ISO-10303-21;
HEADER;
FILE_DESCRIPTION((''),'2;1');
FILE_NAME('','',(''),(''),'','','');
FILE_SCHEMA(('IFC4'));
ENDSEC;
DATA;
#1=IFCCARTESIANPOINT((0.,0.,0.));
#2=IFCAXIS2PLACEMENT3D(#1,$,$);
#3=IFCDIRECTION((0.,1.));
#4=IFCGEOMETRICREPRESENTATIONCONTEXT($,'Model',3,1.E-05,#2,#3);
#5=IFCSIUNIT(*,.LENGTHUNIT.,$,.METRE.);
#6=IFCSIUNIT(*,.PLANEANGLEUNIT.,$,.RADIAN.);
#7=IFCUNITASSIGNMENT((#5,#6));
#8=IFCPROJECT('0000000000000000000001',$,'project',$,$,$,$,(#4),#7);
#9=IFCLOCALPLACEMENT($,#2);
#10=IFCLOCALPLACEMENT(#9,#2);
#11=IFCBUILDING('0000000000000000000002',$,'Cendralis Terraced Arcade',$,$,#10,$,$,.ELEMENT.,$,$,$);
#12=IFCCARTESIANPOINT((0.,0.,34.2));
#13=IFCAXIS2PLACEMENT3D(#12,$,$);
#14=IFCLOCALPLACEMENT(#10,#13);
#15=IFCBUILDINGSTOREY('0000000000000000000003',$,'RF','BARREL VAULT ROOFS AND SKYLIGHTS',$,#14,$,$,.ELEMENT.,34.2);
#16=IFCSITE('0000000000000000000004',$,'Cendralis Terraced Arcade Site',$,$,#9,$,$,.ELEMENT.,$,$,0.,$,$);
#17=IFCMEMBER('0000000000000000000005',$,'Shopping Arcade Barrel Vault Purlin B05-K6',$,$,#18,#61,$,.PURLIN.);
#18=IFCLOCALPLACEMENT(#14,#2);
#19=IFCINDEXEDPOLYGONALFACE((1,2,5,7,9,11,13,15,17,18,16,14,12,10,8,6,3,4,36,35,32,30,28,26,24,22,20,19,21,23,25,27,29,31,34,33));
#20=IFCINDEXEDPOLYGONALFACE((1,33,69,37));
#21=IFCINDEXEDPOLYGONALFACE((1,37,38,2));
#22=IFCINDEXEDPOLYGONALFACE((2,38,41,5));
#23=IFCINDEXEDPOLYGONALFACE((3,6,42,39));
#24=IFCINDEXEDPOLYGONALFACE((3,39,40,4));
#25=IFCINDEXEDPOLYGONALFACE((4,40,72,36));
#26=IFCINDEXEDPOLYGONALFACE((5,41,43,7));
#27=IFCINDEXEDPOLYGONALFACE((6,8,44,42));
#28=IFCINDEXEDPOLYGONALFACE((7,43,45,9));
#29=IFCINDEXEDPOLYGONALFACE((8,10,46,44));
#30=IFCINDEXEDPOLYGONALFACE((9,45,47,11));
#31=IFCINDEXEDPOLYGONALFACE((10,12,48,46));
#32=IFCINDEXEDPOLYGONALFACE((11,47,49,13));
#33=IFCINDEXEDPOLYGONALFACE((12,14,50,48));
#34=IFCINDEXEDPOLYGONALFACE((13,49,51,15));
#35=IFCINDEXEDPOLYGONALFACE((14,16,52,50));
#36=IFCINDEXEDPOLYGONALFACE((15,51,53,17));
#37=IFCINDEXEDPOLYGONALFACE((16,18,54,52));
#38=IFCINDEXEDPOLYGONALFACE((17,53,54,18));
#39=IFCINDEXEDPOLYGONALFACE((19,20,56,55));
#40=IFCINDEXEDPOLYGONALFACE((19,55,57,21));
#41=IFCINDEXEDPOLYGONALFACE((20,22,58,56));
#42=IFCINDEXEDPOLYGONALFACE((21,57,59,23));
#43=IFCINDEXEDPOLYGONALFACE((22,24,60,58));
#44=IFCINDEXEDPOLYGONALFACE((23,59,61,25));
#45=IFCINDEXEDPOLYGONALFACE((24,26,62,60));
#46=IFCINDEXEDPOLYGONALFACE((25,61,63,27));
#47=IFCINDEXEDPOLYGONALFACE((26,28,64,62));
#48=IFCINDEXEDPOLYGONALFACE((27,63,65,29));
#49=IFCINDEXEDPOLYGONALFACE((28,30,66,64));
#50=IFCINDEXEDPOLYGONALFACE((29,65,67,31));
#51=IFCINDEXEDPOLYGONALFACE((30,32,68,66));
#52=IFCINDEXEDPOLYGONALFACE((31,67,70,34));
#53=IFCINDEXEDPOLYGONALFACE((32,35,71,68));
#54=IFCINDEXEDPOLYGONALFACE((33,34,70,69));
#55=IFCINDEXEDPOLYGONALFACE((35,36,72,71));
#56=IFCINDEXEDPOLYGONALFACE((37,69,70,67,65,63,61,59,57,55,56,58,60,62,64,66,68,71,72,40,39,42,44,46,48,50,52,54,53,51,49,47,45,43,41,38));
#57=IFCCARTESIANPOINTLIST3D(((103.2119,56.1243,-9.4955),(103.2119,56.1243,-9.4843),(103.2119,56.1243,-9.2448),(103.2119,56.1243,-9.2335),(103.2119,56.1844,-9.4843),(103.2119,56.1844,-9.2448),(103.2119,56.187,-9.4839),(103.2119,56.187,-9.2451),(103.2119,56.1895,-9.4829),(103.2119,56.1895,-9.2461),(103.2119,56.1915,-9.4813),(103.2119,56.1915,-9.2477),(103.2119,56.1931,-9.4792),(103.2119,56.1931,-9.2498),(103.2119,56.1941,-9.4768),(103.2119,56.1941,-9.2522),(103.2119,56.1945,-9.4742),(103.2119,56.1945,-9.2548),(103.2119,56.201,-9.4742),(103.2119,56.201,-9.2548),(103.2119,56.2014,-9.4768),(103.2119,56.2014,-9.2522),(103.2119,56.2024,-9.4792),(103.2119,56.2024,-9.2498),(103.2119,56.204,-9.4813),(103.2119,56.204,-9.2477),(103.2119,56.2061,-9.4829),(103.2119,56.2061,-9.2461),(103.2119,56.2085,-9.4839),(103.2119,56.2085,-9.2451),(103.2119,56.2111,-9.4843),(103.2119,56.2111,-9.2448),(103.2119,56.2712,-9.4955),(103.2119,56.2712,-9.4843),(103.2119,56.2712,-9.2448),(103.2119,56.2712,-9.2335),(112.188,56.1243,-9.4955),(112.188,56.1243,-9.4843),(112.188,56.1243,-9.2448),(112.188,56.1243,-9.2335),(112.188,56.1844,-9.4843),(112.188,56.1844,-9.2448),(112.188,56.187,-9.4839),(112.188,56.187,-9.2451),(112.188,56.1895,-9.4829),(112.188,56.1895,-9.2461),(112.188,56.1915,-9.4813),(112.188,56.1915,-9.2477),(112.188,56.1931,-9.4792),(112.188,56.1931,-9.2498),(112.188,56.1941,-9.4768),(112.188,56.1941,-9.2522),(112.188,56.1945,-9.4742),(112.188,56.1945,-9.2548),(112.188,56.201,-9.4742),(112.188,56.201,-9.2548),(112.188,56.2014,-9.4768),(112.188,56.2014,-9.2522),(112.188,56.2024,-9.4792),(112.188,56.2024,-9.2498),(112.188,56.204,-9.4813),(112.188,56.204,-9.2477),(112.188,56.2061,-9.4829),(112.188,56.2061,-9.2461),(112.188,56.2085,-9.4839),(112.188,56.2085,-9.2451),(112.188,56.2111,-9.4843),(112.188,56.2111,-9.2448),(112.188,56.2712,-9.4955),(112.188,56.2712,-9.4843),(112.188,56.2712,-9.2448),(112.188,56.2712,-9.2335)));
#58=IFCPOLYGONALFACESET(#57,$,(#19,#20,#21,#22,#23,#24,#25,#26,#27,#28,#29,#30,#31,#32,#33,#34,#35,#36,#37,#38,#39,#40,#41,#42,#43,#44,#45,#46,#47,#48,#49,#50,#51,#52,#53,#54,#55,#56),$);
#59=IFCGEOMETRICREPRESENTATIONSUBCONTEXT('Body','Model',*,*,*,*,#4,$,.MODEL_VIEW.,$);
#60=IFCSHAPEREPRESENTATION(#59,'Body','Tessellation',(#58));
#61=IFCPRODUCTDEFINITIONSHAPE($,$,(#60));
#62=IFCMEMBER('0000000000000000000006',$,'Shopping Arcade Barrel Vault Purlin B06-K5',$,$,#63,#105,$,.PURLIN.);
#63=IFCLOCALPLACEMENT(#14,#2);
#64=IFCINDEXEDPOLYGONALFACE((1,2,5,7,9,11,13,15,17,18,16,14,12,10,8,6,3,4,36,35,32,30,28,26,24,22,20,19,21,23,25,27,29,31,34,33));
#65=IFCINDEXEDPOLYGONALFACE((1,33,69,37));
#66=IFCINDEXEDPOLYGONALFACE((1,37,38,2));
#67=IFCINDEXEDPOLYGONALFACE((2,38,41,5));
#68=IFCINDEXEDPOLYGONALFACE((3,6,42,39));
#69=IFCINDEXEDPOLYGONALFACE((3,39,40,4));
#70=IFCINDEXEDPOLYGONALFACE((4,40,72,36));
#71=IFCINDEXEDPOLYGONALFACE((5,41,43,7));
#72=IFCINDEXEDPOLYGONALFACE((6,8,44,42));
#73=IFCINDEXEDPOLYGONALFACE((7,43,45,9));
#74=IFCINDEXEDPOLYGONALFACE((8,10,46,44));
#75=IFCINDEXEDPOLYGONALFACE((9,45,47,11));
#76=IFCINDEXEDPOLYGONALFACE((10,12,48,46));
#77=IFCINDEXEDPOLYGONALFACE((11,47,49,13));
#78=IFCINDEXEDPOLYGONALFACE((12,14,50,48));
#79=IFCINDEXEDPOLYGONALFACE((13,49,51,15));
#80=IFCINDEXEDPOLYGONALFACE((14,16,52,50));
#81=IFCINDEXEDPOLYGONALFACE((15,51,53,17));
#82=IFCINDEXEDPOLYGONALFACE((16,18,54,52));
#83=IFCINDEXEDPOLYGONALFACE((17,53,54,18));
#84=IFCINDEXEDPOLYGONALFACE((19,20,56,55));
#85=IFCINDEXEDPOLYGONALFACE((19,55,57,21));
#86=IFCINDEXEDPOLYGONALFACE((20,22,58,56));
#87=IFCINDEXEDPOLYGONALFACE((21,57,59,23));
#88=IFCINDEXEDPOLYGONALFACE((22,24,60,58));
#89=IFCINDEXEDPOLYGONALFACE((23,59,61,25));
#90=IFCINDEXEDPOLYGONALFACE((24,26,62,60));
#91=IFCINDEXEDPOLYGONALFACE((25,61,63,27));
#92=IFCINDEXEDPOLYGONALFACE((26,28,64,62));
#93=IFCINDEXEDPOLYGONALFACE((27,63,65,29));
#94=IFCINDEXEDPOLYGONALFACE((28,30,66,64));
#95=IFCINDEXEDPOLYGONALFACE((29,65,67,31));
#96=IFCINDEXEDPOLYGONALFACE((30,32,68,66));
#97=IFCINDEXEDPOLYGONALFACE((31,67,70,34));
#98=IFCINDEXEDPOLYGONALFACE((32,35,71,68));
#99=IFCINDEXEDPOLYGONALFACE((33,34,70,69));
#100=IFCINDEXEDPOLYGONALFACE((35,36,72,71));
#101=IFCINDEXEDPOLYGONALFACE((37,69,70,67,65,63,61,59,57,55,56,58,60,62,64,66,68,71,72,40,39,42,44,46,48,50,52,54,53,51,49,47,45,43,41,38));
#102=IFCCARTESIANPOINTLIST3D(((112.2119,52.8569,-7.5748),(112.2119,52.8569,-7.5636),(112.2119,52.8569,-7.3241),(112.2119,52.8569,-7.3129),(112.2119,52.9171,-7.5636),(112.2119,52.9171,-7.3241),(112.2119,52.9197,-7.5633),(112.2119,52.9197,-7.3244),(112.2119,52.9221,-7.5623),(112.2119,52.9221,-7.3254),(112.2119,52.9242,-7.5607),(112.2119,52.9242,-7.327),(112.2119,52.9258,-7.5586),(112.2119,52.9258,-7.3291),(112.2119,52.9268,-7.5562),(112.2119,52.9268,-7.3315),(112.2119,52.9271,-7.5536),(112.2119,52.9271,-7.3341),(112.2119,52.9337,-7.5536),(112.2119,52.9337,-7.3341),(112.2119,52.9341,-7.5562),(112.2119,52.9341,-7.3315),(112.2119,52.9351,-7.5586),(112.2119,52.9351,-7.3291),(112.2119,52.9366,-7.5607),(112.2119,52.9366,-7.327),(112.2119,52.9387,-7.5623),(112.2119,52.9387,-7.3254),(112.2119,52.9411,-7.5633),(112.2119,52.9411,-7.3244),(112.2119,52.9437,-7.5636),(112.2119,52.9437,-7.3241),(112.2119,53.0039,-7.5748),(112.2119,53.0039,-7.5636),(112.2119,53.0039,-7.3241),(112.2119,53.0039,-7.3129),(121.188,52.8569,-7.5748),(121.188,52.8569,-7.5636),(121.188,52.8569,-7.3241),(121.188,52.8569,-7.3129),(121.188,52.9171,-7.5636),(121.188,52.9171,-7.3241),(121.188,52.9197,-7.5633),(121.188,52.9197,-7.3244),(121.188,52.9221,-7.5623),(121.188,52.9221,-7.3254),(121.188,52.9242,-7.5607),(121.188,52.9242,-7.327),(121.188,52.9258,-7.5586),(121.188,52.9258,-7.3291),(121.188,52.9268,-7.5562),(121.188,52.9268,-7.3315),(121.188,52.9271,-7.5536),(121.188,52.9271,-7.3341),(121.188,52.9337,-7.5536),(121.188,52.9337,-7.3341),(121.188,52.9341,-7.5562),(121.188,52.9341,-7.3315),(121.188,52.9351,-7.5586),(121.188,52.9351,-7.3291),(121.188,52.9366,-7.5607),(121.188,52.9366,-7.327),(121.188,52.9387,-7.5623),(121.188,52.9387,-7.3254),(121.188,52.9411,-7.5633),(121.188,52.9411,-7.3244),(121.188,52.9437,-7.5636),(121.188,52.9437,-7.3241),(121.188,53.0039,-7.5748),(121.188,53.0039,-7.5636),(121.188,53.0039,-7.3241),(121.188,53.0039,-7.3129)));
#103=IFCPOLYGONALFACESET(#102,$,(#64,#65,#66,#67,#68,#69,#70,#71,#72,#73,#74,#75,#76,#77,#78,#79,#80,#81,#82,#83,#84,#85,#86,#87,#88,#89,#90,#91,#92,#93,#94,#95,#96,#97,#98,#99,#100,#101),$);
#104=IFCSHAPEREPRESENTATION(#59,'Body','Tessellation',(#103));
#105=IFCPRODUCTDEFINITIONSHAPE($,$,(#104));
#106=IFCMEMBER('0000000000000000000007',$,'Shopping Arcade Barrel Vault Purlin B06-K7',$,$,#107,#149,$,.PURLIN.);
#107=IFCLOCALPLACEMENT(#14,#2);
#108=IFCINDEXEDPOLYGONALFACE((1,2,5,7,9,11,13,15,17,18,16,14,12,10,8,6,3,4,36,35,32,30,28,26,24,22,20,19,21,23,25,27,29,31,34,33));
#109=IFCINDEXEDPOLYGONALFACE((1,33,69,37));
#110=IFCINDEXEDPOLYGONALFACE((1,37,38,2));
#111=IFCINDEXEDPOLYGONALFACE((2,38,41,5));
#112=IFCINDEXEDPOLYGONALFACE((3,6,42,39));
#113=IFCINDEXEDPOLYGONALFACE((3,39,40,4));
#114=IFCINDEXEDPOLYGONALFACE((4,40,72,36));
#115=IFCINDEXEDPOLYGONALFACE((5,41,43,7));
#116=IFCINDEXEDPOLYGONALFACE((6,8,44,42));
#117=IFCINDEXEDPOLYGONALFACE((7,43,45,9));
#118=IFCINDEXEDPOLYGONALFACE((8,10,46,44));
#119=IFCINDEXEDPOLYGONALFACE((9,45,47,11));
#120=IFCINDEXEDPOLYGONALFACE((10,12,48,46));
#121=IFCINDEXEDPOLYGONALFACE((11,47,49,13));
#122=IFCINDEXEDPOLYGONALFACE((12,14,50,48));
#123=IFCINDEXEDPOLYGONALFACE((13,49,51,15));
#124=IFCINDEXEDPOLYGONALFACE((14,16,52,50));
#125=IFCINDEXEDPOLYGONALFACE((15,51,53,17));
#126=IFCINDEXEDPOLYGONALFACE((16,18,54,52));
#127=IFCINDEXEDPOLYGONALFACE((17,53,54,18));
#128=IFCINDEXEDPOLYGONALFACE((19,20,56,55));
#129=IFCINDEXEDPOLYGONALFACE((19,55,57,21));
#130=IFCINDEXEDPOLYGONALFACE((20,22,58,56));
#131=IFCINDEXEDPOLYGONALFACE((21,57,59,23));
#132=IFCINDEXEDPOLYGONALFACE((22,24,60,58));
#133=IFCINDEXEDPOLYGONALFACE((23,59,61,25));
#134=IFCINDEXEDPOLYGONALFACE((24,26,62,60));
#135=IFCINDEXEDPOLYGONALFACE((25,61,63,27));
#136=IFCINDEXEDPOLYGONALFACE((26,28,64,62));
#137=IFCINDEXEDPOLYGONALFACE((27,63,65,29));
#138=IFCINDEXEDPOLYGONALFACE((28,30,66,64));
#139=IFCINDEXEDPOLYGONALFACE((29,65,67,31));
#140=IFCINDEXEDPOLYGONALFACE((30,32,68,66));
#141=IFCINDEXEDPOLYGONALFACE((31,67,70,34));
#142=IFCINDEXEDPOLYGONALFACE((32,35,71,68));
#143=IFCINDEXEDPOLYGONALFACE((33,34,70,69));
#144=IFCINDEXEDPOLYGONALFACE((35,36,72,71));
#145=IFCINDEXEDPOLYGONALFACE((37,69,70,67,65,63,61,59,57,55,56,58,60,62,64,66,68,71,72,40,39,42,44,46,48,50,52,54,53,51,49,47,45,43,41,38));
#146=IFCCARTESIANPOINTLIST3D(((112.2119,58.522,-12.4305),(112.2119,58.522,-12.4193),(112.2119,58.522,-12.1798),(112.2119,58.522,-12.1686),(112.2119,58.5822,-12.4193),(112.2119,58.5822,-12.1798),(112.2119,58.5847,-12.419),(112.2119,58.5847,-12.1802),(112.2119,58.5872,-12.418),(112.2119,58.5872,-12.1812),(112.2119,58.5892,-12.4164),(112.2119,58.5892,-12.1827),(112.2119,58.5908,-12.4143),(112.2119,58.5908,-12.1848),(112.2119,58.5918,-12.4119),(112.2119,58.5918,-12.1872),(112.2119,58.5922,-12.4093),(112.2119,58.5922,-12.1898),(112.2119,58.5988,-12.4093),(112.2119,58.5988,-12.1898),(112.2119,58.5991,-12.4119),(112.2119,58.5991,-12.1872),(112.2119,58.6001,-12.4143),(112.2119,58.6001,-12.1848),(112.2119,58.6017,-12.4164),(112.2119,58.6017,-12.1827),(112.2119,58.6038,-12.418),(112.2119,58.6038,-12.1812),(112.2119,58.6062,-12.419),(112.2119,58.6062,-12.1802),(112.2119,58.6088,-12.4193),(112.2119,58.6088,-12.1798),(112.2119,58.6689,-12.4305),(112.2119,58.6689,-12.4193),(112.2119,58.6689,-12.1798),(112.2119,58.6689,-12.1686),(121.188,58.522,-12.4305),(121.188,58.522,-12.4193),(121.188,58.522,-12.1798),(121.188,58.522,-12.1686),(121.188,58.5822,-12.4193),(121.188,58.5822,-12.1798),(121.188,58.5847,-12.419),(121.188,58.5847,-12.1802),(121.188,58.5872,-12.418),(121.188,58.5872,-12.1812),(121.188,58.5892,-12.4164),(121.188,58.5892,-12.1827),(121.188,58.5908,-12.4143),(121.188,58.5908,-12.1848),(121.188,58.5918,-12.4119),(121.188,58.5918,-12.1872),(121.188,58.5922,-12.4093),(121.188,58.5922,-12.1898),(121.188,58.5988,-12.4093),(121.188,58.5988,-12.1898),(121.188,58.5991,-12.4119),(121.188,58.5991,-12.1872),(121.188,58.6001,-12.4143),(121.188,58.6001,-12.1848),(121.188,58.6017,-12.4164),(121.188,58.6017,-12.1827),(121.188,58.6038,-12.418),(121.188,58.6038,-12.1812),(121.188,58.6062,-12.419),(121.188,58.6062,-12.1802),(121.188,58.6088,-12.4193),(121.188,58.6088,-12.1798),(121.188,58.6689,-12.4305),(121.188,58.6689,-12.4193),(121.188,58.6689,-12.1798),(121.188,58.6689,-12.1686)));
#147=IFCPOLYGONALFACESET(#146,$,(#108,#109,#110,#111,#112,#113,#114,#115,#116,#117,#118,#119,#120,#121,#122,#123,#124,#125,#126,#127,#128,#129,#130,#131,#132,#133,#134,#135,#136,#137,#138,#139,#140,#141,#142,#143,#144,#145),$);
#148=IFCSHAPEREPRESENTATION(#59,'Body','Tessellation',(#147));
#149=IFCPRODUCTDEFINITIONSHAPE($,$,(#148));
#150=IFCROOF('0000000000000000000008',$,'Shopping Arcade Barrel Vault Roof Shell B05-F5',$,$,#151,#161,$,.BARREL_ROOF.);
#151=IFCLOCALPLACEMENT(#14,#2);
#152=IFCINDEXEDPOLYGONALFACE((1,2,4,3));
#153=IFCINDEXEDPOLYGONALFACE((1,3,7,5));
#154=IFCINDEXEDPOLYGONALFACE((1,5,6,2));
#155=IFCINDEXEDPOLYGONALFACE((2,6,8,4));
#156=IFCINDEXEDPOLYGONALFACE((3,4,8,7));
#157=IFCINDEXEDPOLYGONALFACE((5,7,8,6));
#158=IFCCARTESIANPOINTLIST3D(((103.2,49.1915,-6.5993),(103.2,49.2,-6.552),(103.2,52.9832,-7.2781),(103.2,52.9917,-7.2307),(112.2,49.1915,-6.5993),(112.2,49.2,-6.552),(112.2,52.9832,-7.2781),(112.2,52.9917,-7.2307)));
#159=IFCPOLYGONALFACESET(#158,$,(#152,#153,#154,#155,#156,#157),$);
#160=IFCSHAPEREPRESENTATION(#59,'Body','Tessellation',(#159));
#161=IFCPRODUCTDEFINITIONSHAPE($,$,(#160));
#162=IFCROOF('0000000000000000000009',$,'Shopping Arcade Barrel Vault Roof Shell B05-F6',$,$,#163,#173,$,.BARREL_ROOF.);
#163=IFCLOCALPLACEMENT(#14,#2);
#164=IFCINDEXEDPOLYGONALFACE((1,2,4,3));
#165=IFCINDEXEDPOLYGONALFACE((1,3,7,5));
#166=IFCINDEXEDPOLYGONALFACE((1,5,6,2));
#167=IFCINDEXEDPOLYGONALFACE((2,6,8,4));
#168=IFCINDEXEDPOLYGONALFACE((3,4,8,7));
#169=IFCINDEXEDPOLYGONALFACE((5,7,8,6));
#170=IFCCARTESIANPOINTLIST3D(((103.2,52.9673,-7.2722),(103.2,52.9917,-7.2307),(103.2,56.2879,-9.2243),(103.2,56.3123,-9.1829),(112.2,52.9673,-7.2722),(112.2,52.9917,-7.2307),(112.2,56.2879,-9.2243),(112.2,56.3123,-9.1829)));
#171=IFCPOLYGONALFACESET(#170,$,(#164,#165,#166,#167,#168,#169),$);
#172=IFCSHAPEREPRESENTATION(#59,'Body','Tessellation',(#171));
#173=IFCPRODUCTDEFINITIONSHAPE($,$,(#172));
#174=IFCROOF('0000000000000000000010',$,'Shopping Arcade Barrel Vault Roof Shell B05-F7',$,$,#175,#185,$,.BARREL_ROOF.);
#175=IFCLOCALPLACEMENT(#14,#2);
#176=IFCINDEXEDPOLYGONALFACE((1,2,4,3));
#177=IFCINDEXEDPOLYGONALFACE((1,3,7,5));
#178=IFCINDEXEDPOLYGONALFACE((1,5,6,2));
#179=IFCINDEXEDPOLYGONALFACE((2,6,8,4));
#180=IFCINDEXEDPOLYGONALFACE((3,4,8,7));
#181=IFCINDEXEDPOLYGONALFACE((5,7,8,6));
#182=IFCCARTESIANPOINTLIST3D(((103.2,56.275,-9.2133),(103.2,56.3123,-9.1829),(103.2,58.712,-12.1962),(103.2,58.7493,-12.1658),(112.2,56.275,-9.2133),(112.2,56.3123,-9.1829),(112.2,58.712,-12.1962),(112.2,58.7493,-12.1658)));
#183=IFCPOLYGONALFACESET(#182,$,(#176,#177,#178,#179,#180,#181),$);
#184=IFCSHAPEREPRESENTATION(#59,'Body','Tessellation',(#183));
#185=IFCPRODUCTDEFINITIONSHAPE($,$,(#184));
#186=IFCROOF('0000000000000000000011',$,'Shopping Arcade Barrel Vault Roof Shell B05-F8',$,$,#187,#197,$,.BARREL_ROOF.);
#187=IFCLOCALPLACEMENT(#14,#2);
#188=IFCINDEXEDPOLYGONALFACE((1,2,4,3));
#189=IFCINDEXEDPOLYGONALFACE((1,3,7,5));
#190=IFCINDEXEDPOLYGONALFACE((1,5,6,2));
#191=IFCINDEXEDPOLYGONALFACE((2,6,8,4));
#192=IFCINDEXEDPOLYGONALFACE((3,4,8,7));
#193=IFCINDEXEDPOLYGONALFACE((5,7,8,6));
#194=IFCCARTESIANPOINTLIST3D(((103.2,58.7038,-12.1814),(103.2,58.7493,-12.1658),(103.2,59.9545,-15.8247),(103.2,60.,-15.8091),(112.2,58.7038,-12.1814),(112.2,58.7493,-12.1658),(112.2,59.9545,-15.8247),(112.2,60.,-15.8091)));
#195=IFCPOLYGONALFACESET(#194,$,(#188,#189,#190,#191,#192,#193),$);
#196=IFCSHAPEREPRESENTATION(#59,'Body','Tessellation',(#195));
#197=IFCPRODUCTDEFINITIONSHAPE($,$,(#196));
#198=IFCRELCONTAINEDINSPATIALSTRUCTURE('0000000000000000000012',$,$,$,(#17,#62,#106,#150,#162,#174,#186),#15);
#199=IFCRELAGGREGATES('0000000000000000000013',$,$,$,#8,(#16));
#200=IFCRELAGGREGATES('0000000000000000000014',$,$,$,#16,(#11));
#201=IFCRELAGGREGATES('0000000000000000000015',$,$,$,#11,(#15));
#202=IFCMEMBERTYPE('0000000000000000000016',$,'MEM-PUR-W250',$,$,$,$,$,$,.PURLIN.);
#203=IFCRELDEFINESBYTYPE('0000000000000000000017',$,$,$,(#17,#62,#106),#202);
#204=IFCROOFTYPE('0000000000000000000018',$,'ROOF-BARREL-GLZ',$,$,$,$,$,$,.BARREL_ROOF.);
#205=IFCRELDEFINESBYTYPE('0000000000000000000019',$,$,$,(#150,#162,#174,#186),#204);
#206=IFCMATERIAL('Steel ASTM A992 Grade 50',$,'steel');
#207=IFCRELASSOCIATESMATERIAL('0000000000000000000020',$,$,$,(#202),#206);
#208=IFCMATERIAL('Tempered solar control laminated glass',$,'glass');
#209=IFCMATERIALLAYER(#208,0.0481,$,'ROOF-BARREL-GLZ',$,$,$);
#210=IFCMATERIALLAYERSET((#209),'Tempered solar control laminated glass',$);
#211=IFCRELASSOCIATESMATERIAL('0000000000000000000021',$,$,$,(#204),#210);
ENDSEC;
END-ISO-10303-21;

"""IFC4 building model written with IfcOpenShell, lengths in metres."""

from ifc_helpers import new_model, si_unit, direction, frame, origin, origin_2d, place, context, subcontext, project, spatial, polyline, i_section, outline, extrude, material, layer, layer_set, material_profile, profile_set, type_object, element, save


model = new_model("IFC4")

# Units and contexts
model_context = context("Model", 3, precision=1e-05, world=origin(), true_north=direction((0.0, 1.0)))
body_context = subcontext(model_context, "Body", "Model", "MODEL_VIEW")
ifc_project = project(units=[si_unit("LENGTHUNIT", "METRE"), si_unit("PLANEANGLEUNIT", "RADIAN")], contexts=[model_context])

# Site, building, storey
site_placement = place(None, origin())
site = spatial("IfcSite", under=ifc_project, at=site_placement, Name="Cendralis Terraced Arcade Site", CompositionType="ELEMENT", RefElevation=0.0)
building_placement = place(site_placement, origin())
building = spatial("IfcBuilding", under=site, at=building_placement, Name="Cendralis Terraced Arcade", CompositionType="ELEMENT")
storey_placement = place(building_placement, frame((0.0, 0.0, 34.2)))
storey = spatial("IfcBuildingStorey", under=building, at=storey_placement, Name="RF", Description="BARREL VAULT ROOFS AND SKYLIGHTS", CompositionType="ELEMENT", Elevation=34.2)

# Members
ifc_material_1 = material(Name="Steel ASTM A992 Grade 50", Category="steel")
ifc_material_profile_1 = material_profile(ifc_material_1, i_section(OverallWidth=0.147, OverallDepth=0.262, WebThickness=0.0066, FlangeThickness=0.0112, FilletRadius=0.01, at=origin_2d()), Name="W250X38.5", Category="LoadBearing")
ifc_profile_set_1 = profile_set([ifc_material_profile_1], Name="Steel ASTM A992 Grade 50")
member_type_1 = type_object("IfcMemberType", Name="MEM-PUR-W250", PredefinedType="PURLIN", material=ifc_profile_set_1)
for number, where, z_axis, x_axis, name in (
    (1, (103.2119, 56.1978, -9.3645), (1.0, 0.0, 0.0), (0.0, 1.0, 0.0), "Shopping Arcade Barrel Vault Purlin B05-K6"),
    (2, (112.2119, 52.9304, -7.4438), (1.0, 0.0, 0.0), (0.0, 1.0, 0.0), "Shopping Arcade Barrel Vault Purlin B06-K5"),
    (3, (112.2119, 58.5955, -12.2996), (1.0, 0.0, 0.0), (0.0, 1.0, 0.0), "Shopping Arcade Barrel Vault Purlin B06-K7"),
):
    element("IfcMember", number, at=place(storey_placement, frame(where, z_axis=z_axis, x_axis=x_axis)), inside=storey, type_object=member_type_1, Name=name, PredefinedType="PURLIN", context=body_context, shape_type="SweptSolid", body=[
        extrude(i_section(OverallWidth=0.147, OverallDepth=0.262, WebThickness=0.0066, FlangeThickness=0.0112, FilletRadius=0.01, at=origin_2d()), origin(), (0.0, 0.0, 1.0), 8.9761),
    ])

# Roofs
ifc_material_2 = material(Name="Tempered solar control laminated glass", Category="glass")
ifc_layer = layer(ifc_material_2, 0.0481, Name="ROOF-BARREL-GLZ")
ifc_layer_set = layer_set([ifc_layer], Name="Tempered solar control laminated glass")
roof_type = type_object("IfcRoofType", Name="ROOF-BARREL-GLZ", PredefinedType="BARREL_ROOF", material=ifc_layer_set)
roof_1_placement = place(storey_placement, frame((103.2, 49.2, -6.552), z_axis=(0.0, 0.176196, 0.984355), x_axis=(1.0, 0.0, 0.0)))
element("IfcRoof", 4, at=roof_1_placement, inside=storey, type_object=roof_type, Name="Shopping Arcade Barrel Vault Roof Shell B05-F5", PredefinedType="BARREL_ROOF", context=body_context, shape_type="SweptSolid", body=[
    extrude(outline(polyline([(0.0, 0.0), (9.0, 0.0), (9.0, 3.852), (0.0, 3.852), (0.0, 0.0)])), origin(), (0.0, 0.0, -1.0), 0.0481),
])
roof_2_placement = place(storey_placement, frame((103.2, 52.9917, -7.2307), z_axis=(0.0, 0.506804, 0.862061), x_axis=(1.0, 0.0, 0.0)))
element("IfcRoof", 5, at=roof_2_placement, inside=storey, type_object=roof_type, Name="Shopping Arcade Barrel Vault Roof Shell B05-F6", PredefinedType="BARREL_ROOF", context=body_context, shape_type="SweptSolid", body=[
    extrude(outline(polyline([(0.0, 0.0), (9.0, 0.0), (9.0, 3.8519), (0.0, 3.8519), (0.0, 0.0)])), origin(), (0.0, 0.0, -1.0), 0.0481),
])
roof_3_placement = place(storey_placement, frame((103.2, 56.3123, -9.1829), z_axis=(0.0, 0.774409, 0.632685), x_axis=(1.0, 0.0, 0.0)))
element("IfcRoof", 6, at=roof_3_placement, inside=storey, type_object=roof_type, Name="Shopping Arcade Barrel Vault Roof Shell B05-F7", PredefinedType="BARREL_ROOF", context=body_context, shape_type="SweptSolid", body=[
    extrude(outline(polyline([(0.0, 0.0), (9.0, 0.0), (9.0, 3.8519), (0.0, 3.8519), (0.0, 0.0)])), origin(), (0.0, 0.0, -1.0), 0.0481),
])
roof_4_placement = place(storey_placement, frame((103.2, 58.7493, -12.1658), z_axis=(0.0, 0.945819, 0.324695), x_axis=(1.0, 0.0, 0.0)))
element("IfcRoof", 7, at=roof_4_placement, inside=storey, type_object=roof_type, Name="Shopping Arcade Barrel Vault Roof Shell B05-F8", PredefinedType="BARREL_ROOF", context=body_context, shape_type="SweptSolid", body=[
    extrude(outline(polyline([(0.0, 0.0), (9.0, 0.0), (9.0, 3.852), (0.0, 3.852), (0.0, 0.0)])), origin(), (0.0, 0.0, -1.0), 0.0481),
])

save(model, "model.ifc")
